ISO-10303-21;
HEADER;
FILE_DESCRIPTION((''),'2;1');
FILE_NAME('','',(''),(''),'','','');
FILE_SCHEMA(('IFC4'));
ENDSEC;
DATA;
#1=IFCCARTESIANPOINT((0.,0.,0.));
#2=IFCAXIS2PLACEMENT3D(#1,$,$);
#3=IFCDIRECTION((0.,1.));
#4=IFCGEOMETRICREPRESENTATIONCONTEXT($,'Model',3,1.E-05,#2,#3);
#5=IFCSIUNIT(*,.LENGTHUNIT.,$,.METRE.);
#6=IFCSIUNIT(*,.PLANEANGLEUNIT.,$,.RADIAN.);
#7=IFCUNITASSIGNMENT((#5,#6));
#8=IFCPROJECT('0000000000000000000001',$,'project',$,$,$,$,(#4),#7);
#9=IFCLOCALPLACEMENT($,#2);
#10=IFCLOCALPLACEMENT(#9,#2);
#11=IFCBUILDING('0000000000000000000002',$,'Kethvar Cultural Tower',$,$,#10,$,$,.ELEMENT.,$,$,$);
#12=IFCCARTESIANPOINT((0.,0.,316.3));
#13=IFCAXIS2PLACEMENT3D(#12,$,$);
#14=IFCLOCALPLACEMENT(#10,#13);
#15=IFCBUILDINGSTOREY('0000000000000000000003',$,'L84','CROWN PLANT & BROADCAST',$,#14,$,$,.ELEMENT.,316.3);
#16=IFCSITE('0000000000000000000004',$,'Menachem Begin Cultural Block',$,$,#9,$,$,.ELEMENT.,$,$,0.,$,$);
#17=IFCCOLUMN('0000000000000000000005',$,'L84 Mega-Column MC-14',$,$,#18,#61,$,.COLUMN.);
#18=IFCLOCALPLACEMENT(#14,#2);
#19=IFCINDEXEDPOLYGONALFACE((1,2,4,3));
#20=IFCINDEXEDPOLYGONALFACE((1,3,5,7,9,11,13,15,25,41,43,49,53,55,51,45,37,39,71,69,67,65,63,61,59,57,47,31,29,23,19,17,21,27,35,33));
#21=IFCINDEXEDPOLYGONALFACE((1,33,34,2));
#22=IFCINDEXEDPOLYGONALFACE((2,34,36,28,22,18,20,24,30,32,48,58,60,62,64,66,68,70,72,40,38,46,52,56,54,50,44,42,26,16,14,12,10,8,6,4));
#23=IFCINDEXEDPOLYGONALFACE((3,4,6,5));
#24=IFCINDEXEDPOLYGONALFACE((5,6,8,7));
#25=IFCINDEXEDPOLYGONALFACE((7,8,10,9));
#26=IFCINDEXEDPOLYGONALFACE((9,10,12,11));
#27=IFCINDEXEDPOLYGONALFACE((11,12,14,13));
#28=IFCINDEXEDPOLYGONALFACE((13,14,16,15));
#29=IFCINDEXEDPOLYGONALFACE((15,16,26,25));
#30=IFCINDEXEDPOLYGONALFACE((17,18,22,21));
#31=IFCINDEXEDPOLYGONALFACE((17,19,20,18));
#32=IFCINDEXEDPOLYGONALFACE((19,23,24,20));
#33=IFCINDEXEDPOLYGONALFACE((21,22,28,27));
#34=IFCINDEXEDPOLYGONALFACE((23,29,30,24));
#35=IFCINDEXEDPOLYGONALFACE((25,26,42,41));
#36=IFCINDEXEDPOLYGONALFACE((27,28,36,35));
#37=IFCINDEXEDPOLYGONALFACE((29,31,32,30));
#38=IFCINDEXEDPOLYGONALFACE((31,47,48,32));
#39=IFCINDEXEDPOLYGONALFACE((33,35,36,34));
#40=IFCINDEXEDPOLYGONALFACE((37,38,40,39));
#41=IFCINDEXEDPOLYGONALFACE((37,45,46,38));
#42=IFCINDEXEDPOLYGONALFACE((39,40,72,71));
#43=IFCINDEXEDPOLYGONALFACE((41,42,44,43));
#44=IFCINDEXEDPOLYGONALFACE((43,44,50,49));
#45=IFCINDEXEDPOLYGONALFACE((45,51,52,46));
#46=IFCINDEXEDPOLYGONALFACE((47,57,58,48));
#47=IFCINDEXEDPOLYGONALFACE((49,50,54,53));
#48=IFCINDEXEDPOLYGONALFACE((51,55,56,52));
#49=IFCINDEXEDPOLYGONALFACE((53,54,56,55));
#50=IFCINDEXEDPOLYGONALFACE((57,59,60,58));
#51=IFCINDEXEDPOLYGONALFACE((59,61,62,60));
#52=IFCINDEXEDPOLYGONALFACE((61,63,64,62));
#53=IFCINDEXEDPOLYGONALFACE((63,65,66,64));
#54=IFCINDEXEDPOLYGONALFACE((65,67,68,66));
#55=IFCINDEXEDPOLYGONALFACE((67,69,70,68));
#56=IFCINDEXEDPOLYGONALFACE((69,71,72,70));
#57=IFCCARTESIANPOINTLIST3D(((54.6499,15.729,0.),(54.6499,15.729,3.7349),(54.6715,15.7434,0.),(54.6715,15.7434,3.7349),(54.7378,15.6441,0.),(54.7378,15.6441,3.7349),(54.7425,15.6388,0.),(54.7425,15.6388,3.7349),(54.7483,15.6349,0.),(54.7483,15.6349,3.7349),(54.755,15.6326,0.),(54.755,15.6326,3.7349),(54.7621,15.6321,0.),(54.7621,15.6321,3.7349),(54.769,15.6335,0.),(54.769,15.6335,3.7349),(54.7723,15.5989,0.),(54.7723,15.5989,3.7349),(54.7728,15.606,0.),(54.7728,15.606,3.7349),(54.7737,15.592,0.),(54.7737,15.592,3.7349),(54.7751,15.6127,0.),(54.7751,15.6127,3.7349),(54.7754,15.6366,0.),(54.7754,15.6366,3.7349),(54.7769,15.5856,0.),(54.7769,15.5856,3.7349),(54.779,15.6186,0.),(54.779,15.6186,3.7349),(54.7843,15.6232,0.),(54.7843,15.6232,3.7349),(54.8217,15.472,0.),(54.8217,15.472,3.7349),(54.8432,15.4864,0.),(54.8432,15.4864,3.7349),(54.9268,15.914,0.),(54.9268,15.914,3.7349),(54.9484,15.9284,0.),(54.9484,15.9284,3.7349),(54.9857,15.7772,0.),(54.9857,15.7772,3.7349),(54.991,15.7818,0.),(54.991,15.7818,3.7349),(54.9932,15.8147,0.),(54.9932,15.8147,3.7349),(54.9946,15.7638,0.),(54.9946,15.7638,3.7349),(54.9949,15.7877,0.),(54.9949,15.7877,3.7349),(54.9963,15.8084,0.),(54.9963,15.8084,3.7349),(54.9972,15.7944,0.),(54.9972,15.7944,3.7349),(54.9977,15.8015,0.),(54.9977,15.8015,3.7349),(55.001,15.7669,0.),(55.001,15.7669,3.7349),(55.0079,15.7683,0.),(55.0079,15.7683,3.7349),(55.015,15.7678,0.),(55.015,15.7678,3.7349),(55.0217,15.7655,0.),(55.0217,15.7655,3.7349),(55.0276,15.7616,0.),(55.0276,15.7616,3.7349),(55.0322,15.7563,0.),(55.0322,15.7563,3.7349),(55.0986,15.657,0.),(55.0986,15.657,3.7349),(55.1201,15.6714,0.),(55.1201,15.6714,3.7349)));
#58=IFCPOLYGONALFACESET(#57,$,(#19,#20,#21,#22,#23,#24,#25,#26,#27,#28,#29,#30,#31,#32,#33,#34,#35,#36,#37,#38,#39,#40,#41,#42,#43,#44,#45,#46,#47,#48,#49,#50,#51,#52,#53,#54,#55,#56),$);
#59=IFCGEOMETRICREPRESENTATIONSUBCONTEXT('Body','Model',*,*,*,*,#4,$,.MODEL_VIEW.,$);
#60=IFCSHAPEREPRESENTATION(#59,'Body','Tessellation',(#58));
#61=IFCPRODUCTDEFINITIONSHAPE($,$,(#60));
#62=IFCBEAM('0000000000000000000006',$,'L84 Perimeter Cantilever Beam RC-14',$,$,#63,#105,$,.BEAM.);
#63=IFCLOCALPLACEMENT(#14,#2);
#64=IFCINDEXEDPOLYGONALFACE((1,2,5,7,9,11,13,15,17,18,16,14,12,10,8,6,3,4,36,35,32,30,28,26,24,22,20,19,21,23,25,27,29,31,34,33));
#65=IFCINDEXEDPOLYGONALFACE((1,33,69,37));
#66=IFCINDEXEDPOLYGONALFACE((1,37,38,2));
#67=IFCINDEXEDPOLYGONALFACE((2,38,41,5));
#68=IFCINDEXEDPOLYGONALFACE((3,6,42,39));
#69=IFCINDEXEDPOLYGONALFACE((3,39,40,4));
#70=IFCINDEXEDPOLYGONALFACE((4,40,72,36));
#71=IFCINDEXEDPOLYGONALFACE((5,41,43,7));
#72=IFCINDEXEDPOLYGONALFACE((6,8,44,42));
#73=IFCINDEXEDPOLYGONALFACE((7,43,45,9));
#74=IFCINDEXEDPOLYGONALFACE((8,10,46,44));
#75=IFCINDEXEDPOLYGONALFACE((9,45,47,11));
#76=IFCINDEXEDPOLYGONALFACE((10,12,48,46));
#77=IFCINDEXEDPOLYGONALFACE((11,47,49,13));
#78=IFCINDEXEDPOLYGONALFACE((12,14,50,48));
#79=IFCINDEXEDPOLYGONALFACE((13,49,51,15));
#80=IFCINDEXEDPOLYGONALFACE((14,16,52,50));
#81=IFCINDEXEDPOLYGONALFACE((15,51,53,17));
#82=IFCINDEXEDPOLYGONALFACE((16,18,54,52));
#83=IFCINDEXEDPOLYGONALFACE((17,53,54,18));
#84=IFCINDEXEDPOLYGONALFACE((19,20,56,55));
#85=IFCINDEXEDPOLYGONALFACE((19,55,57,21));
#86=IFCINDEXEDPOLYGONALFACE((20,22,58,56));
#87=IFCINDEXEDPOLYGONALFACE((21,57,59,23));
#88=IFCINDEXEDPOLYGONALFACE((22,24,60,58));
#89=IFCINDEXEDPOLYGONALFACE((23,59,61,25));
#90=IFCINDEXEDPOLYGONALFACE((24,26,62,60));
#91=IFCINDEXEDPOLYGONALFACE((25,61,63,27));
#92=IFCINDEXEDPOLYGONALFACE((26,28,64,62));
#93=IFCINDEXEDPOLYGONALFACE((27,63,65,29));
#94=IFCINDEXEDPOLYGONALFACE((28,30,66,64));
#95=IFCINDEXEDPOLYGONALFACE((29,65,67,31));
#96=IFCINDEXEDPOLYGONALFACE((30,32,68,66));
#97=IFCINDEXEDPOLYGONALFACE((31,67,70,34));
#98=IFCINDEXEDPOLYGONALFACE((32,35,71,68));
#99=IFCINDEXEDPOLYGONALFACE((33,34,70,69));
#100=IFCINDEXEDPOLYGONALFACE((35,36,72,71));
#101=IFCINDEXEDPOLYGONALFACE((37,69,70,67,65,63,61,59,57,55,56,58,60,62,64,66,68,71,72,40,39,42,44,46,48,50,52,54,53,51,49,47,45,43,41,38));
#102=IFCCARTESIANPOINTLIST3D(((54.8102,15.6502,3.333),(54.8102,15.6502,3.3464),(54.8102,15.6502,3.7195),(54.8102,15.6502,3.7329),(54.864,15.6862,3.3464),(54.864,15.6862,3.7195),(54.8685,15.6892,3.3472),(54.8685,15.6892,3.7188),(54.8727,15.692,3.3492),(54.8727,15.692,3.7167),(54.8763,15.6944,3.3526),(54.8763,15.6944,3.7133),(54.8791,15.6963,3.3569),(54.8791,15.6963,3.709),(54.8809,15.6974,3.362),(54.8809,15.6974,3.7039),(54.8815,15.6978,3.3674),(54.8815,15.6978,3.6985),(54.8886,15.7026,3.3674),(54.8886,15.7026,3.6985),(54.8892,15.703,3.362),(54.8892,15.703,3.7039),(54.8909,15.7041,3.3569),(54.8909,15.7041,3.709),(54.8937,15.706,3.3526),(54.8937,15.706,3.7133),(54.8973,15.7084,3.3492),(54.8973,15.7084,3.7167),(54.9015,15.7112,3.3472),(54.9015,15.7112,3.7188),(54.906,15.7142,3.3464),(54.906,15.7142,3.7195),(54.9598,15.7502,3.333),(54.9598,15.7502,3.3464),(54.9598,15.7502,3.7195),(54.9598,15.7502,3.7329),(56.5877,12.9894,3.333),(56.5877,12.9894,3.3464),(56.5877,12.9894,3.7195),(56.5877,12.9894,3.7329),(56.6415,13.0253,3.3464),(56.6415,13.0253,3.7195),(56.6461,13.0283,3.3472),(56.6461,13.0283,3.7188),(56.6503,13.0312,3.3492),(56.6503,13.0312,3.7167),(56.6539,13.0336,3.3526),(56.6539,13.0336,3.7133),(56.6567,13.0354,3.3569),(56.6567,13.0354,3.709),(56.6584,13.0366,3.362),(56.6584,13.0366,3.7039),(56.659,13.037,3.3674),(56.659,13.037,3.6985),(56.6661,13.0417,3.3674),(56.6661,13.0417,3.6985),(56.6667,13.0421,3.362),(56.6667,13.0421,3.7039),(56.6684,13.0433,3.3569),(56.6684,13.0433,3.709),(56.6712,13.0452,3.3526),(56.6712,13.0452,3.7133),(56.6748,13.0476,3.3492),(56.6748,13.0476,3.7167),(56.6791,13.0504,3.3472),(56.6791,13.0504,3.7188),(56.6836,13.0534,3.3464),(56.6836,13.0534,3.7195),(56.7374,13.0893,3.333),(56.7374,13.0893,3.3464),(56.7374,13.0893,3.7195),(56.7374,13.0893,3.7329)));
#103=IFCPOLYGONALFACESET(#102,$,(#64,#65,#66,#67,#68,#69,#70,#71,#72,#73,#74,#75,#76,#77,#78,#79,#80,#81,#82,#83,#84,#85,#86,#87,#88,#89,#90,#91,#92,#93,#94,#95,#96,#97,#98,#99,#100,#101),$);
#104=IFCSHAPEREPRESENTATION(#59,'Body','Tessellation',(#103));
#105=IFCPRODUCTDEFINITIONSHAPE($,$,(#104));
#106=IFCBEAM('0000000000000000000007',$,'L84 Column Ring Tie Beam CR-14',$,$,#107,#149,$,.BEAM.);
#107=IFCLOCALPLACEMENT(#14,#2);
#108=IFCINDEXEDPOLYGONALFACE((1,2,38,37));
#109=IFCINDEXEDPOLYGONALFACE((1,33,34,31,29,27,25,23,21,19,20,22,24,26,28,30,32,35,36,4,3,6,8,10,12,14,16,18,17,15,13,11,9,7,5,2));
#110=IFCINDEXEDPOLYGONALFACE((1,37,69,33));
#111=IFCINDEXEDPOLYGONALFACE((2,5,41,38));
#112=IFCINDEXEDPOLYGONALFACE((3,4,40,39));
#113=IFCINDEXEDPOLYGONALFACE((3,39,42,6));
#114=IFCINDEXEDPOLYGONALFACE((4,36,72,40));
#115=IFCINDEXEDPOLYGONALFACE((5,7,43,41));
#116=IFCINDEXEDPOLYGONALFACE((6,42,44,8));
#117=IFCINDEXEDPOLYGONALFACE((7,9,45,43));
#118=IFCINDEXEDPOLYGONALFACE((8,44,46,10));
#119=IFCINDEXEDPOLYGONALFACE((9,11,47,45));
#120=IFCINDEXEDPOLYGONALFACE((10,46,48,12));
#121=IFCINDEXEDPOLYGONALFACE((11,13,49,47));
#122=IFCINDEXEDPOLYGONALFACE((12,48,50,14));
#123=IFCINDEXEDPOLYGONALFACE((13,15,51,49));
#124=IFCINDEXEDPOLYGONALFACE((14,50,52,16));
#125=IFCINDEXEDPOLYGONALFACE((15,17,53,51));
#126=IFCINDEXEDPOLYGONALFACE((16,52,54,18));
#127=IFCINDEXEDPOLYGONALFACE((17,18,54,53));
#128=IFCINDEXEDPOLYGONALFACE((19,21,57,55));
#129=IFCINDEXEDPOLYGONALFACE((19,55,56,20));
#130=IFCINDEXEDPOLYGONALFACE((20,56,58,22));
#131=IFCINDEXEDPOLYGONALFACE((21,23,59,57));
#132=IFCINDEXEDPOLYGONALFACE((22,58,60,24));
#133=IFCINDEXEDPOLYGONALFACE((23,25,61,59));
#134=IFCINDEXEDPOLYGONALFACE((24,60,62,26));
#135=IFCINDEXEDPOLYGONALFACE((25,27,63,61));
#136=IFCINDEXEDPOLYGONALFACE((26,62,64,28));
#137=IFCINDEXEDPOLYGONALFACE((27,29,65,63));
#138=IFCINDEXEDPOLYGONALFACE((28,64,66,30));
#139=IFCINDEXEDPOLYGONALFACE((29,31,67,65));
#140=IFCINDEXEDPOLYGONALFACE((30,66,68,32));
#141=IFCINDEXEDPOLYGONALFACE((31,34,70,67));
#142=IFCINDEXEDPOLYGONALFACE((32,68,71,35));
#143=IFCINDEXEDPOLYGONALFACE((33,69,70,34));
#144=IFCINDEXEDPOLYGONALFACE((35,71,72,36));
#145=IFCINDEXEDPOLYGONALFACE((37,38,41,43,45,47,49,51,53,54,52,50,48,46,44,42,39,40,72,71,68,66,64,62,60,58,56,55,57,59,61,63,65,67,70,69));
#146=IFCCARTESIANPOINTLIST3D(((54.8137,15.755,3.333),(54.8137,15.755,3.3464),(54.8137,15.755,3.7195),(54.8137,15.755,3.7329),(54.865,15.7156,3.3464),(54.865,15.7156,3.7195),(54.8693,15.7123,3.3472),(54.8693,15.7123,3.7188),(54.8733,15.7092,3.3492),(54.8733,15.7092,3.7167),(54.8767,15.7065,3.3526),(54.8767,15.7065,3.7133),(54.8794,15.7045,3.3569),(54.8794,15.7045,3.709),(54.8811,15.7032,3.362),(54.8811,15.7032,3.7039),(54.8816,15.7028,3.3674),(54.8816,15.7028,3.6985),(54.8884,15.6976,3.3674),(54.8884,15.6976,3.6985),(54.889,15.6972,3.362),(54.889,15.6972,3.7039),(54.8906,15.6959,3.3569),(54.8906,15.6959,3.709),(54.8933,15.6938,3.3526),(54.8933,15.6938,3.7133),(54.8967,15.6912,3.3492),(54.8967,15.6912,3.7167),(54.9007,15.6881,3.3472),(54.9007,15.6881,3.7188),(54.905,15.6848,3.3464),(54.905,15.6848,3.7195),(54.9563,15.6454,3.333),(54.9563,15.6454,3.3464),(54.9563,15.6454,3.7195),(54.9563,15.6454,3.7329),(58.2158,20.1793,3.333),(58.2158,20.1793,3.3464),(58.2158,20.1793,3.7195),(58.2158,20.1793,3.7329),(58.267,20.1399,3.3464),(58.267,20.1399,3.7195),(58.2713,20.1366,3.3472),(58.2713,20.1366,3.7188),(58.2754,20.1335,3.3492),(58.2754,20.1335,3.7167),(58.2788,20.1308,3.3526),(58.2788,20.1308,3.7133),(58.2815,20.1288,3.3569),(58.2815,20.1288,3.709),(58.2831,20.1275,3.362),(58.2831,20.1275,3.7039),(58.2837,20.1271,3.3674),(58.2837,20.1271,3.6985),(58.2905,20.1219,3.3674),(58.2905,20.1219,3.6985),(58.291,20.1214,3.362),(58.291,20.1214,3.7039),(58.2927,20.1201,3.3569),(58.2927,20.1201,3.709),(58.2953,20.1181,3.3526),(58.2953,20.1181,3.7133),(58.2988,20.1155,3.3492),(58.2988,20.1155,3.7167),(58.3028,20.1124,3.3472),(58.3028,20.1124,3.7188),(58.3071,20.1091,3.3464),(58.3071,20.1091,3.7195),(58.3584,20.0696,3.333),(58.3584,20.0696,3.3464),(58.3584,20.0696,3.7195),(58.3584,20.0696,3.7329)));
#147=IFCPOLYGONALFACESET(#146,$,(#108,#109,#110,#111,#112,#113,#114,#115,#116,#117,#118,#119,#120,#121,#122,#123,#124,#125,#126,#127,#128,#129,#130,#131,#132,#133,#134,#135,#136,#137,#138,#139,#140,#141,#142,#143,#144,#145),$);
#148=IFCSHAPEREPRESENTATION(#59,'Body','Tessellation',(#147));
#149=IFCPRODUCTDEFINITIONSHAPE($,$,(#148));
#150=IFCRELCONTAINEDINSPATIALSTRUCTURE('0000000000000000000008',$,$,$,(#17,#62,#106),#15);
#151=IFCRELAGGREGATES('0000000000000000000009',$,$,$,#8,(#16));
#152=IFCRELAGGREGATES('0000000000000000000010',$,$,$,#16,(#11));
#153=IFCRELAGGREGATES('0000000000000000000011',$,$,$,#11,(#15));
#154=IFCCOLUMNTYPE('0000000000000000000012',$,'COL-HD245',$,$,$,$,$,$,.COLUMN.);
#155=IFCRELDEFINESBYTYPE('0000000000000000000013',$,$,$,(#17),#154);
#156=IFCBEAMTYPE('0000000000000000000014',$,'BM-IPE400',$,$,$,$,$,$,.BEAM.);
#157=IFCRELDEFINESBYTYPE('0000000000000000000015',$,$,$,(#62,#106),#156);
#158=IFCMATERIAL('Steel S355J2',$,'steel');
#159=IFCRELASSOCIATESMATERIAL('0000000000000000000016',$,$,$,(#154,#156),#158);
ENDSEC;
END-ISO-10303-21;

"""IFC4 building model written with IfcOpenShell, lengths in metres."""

from ifc_helpers import new_model, si_unit, direction, frame, origin, origin_2d, place, context, subcontext, project, spatial, i_section, extrude, source, transform, mapped, material, material_profile, profile_set, type_object, element, save


model = new_model("IFC4")

# Units and contexts
model_context = context("Model", 3, precision=1e-05, world=origin(), true_north=direction((0.0, 1.0)))
body_context = subcontext(model_context, "Body", "Model", "MODEL_VIEW")
ifc_project = project(units=[si_unit("LENGTHUNIT", "METRE"), si_unit("PLANEANGLEUNIT", "RADIAN")], contexts=[model_context])

# Site, building, storey
site_placement = place(None, origin())
site = spatial("IfcSite", under=ifc_project, at=site_placement, Name="Menachem Begin Cultural Block", CompositionType="ELEMENT", RefElevation=0.0)
building_placement = place(site_placement, origin())
building = spatial("IfcBuilding", under=site, at=building_placement, Name="Kethvar Cultural Tower", CompositionType="ELEMENT")
storey_placement = place(building_placement, frame((0.0, 0.0, 316.3)))
storey = spatial("IfcBuildingStorey", under=building, at=storey_placement, Name="L84", Description="CROWN PLANT & BROADCAST", CompositionType="ELEMENT", Elevation=316.3)

# Column
ifc_material_1 = material(Name="Steel S355J2", Category="steel")
ifc_material_profile_1 = material_profile(ifc_material_1, i_section(OverallWidth=0.3091, OverallDepth=0.3589, WebThickness=0.0161, FlangeThickness=0.0259, FilletRadius=0.0271, at=origin_2d()), Name="Steel S355J2 — HD320x245")
ifc_profile_set_1 = profile_set([ifc_material_profile_1], Name="Steel S355J2 — HD320x245")
column_type = type_object("IfcColumnType", Name="COL-HD245", PredefinedType="COLUMN", material=ifc_profile_set_1)
shared_shape_1 = source(origin(), body_context, "Body", "SweptSolid", [
    extrude(i_section(OverallWidth=0.3091, OverallDepth=0.3589, WebThickness=0.0161, FlangeThickness=0.0259, FilletRadius=0.0271, at=origin_2d()), origin(), (0.0, 0.0, 1.0), 3.7349),
])
column_placement = place(storey_placement, frame((54.885, 15.7002, 0.0), z_axis=(0.0, 0.0, 1.0), x_axis=(0.55557, -0.83147, 0.0)))
element("IfcColumn", 1, at=column_placement, inside=storey, type_object=column_type, Name="L84 Mega-Column MC-14", PredefinedType="COLUMN", context=body_context, shape_type="MappedRepresentation", body=[
    mapped(shared_shape_1, transform((0.0, 0.0, 0.0), scale=1.0)),
])

# Beams
ifc_material_profile_2 = material_profile(ifc_material_1, i_section(OverallWidth=0.1799, OverallDepth=0.3999, WebThickness=0.0085, FlangeThickness=0.0134, FilletRadius=0.021, at=origin_2d()), Name="Steel S355J2 — IPE400")
ifc_profile_set_2 = profile_set([ifc_material_profile_2], Name="Steel S355J2 — IPE400")
beam_type_1 = type_object("IfcBeamType", Name="BM-IPE400", PredefinedType="BEAM", material=ifc_profile_set_2)
shared_shape_2 = source(origin(), body_context, "Body", "SweptSolid", [
    extrude(i_section(OverallWidth=0.1799, OverallDepth=0.3999, WebThickness=0.0085, FlangeThickness=0.0134, FilletRadius=0.021, at=origin_2d()), origin(), (0.0, 0.0, 1.0), 3.2),
])
beam_1_placement = place(storey_placement, frame((54.885, 15.7002, 3.533), z_axis=(0.555492, -0.831522, 0.0), x_axis=(0.831522, 0.555492, 0.0)))
element("IfcBeam", 2, at=beam_1_placement, inside=storey, type_object=beam_type_1, Name="L84 Perimeter Cantilever Beam RC-14", PredefinedType="BEAM", context=body_context, shape_type="MappedRepresentation", body=[
    mapped(shared_shape_2, transform((0.0, 0.0, 0.0), scale=1.0)),
])
shared_shape_3 = source(origin(), body_context, "Body", "SweptSolid", [
    extrude(i_section(OverallWidth=0.1799, OverallDepth=0.3999, WebThickness=0.0085, FlangeThickness=0.0134, FilletRadius=0.021, at=origin_2d()), origin(), (0.0, 0.0, 1.0), 5.5811),
])
beam_2_placement = place(storey_placement, frame((54.885, 15.7002, 3.533), z_axis=(0.609573, 0.79273, 0.0), x_axis=(-0.79273, 0.609573, 0.0)))
element("IfcBeam", 3, at=beam_2_placement, inside=storey, type_object=beam_type_1, Name="L84 Column Ring Tie Beam CR-14", PredefinedType="BEAM", context=body_context, shape_type="MappedRepresentation", body=[
    mapped(shared_shape_3, transform((0.0, 0.0, 0.0), scale=1.0)),
])

save(model, "model.ifc")
